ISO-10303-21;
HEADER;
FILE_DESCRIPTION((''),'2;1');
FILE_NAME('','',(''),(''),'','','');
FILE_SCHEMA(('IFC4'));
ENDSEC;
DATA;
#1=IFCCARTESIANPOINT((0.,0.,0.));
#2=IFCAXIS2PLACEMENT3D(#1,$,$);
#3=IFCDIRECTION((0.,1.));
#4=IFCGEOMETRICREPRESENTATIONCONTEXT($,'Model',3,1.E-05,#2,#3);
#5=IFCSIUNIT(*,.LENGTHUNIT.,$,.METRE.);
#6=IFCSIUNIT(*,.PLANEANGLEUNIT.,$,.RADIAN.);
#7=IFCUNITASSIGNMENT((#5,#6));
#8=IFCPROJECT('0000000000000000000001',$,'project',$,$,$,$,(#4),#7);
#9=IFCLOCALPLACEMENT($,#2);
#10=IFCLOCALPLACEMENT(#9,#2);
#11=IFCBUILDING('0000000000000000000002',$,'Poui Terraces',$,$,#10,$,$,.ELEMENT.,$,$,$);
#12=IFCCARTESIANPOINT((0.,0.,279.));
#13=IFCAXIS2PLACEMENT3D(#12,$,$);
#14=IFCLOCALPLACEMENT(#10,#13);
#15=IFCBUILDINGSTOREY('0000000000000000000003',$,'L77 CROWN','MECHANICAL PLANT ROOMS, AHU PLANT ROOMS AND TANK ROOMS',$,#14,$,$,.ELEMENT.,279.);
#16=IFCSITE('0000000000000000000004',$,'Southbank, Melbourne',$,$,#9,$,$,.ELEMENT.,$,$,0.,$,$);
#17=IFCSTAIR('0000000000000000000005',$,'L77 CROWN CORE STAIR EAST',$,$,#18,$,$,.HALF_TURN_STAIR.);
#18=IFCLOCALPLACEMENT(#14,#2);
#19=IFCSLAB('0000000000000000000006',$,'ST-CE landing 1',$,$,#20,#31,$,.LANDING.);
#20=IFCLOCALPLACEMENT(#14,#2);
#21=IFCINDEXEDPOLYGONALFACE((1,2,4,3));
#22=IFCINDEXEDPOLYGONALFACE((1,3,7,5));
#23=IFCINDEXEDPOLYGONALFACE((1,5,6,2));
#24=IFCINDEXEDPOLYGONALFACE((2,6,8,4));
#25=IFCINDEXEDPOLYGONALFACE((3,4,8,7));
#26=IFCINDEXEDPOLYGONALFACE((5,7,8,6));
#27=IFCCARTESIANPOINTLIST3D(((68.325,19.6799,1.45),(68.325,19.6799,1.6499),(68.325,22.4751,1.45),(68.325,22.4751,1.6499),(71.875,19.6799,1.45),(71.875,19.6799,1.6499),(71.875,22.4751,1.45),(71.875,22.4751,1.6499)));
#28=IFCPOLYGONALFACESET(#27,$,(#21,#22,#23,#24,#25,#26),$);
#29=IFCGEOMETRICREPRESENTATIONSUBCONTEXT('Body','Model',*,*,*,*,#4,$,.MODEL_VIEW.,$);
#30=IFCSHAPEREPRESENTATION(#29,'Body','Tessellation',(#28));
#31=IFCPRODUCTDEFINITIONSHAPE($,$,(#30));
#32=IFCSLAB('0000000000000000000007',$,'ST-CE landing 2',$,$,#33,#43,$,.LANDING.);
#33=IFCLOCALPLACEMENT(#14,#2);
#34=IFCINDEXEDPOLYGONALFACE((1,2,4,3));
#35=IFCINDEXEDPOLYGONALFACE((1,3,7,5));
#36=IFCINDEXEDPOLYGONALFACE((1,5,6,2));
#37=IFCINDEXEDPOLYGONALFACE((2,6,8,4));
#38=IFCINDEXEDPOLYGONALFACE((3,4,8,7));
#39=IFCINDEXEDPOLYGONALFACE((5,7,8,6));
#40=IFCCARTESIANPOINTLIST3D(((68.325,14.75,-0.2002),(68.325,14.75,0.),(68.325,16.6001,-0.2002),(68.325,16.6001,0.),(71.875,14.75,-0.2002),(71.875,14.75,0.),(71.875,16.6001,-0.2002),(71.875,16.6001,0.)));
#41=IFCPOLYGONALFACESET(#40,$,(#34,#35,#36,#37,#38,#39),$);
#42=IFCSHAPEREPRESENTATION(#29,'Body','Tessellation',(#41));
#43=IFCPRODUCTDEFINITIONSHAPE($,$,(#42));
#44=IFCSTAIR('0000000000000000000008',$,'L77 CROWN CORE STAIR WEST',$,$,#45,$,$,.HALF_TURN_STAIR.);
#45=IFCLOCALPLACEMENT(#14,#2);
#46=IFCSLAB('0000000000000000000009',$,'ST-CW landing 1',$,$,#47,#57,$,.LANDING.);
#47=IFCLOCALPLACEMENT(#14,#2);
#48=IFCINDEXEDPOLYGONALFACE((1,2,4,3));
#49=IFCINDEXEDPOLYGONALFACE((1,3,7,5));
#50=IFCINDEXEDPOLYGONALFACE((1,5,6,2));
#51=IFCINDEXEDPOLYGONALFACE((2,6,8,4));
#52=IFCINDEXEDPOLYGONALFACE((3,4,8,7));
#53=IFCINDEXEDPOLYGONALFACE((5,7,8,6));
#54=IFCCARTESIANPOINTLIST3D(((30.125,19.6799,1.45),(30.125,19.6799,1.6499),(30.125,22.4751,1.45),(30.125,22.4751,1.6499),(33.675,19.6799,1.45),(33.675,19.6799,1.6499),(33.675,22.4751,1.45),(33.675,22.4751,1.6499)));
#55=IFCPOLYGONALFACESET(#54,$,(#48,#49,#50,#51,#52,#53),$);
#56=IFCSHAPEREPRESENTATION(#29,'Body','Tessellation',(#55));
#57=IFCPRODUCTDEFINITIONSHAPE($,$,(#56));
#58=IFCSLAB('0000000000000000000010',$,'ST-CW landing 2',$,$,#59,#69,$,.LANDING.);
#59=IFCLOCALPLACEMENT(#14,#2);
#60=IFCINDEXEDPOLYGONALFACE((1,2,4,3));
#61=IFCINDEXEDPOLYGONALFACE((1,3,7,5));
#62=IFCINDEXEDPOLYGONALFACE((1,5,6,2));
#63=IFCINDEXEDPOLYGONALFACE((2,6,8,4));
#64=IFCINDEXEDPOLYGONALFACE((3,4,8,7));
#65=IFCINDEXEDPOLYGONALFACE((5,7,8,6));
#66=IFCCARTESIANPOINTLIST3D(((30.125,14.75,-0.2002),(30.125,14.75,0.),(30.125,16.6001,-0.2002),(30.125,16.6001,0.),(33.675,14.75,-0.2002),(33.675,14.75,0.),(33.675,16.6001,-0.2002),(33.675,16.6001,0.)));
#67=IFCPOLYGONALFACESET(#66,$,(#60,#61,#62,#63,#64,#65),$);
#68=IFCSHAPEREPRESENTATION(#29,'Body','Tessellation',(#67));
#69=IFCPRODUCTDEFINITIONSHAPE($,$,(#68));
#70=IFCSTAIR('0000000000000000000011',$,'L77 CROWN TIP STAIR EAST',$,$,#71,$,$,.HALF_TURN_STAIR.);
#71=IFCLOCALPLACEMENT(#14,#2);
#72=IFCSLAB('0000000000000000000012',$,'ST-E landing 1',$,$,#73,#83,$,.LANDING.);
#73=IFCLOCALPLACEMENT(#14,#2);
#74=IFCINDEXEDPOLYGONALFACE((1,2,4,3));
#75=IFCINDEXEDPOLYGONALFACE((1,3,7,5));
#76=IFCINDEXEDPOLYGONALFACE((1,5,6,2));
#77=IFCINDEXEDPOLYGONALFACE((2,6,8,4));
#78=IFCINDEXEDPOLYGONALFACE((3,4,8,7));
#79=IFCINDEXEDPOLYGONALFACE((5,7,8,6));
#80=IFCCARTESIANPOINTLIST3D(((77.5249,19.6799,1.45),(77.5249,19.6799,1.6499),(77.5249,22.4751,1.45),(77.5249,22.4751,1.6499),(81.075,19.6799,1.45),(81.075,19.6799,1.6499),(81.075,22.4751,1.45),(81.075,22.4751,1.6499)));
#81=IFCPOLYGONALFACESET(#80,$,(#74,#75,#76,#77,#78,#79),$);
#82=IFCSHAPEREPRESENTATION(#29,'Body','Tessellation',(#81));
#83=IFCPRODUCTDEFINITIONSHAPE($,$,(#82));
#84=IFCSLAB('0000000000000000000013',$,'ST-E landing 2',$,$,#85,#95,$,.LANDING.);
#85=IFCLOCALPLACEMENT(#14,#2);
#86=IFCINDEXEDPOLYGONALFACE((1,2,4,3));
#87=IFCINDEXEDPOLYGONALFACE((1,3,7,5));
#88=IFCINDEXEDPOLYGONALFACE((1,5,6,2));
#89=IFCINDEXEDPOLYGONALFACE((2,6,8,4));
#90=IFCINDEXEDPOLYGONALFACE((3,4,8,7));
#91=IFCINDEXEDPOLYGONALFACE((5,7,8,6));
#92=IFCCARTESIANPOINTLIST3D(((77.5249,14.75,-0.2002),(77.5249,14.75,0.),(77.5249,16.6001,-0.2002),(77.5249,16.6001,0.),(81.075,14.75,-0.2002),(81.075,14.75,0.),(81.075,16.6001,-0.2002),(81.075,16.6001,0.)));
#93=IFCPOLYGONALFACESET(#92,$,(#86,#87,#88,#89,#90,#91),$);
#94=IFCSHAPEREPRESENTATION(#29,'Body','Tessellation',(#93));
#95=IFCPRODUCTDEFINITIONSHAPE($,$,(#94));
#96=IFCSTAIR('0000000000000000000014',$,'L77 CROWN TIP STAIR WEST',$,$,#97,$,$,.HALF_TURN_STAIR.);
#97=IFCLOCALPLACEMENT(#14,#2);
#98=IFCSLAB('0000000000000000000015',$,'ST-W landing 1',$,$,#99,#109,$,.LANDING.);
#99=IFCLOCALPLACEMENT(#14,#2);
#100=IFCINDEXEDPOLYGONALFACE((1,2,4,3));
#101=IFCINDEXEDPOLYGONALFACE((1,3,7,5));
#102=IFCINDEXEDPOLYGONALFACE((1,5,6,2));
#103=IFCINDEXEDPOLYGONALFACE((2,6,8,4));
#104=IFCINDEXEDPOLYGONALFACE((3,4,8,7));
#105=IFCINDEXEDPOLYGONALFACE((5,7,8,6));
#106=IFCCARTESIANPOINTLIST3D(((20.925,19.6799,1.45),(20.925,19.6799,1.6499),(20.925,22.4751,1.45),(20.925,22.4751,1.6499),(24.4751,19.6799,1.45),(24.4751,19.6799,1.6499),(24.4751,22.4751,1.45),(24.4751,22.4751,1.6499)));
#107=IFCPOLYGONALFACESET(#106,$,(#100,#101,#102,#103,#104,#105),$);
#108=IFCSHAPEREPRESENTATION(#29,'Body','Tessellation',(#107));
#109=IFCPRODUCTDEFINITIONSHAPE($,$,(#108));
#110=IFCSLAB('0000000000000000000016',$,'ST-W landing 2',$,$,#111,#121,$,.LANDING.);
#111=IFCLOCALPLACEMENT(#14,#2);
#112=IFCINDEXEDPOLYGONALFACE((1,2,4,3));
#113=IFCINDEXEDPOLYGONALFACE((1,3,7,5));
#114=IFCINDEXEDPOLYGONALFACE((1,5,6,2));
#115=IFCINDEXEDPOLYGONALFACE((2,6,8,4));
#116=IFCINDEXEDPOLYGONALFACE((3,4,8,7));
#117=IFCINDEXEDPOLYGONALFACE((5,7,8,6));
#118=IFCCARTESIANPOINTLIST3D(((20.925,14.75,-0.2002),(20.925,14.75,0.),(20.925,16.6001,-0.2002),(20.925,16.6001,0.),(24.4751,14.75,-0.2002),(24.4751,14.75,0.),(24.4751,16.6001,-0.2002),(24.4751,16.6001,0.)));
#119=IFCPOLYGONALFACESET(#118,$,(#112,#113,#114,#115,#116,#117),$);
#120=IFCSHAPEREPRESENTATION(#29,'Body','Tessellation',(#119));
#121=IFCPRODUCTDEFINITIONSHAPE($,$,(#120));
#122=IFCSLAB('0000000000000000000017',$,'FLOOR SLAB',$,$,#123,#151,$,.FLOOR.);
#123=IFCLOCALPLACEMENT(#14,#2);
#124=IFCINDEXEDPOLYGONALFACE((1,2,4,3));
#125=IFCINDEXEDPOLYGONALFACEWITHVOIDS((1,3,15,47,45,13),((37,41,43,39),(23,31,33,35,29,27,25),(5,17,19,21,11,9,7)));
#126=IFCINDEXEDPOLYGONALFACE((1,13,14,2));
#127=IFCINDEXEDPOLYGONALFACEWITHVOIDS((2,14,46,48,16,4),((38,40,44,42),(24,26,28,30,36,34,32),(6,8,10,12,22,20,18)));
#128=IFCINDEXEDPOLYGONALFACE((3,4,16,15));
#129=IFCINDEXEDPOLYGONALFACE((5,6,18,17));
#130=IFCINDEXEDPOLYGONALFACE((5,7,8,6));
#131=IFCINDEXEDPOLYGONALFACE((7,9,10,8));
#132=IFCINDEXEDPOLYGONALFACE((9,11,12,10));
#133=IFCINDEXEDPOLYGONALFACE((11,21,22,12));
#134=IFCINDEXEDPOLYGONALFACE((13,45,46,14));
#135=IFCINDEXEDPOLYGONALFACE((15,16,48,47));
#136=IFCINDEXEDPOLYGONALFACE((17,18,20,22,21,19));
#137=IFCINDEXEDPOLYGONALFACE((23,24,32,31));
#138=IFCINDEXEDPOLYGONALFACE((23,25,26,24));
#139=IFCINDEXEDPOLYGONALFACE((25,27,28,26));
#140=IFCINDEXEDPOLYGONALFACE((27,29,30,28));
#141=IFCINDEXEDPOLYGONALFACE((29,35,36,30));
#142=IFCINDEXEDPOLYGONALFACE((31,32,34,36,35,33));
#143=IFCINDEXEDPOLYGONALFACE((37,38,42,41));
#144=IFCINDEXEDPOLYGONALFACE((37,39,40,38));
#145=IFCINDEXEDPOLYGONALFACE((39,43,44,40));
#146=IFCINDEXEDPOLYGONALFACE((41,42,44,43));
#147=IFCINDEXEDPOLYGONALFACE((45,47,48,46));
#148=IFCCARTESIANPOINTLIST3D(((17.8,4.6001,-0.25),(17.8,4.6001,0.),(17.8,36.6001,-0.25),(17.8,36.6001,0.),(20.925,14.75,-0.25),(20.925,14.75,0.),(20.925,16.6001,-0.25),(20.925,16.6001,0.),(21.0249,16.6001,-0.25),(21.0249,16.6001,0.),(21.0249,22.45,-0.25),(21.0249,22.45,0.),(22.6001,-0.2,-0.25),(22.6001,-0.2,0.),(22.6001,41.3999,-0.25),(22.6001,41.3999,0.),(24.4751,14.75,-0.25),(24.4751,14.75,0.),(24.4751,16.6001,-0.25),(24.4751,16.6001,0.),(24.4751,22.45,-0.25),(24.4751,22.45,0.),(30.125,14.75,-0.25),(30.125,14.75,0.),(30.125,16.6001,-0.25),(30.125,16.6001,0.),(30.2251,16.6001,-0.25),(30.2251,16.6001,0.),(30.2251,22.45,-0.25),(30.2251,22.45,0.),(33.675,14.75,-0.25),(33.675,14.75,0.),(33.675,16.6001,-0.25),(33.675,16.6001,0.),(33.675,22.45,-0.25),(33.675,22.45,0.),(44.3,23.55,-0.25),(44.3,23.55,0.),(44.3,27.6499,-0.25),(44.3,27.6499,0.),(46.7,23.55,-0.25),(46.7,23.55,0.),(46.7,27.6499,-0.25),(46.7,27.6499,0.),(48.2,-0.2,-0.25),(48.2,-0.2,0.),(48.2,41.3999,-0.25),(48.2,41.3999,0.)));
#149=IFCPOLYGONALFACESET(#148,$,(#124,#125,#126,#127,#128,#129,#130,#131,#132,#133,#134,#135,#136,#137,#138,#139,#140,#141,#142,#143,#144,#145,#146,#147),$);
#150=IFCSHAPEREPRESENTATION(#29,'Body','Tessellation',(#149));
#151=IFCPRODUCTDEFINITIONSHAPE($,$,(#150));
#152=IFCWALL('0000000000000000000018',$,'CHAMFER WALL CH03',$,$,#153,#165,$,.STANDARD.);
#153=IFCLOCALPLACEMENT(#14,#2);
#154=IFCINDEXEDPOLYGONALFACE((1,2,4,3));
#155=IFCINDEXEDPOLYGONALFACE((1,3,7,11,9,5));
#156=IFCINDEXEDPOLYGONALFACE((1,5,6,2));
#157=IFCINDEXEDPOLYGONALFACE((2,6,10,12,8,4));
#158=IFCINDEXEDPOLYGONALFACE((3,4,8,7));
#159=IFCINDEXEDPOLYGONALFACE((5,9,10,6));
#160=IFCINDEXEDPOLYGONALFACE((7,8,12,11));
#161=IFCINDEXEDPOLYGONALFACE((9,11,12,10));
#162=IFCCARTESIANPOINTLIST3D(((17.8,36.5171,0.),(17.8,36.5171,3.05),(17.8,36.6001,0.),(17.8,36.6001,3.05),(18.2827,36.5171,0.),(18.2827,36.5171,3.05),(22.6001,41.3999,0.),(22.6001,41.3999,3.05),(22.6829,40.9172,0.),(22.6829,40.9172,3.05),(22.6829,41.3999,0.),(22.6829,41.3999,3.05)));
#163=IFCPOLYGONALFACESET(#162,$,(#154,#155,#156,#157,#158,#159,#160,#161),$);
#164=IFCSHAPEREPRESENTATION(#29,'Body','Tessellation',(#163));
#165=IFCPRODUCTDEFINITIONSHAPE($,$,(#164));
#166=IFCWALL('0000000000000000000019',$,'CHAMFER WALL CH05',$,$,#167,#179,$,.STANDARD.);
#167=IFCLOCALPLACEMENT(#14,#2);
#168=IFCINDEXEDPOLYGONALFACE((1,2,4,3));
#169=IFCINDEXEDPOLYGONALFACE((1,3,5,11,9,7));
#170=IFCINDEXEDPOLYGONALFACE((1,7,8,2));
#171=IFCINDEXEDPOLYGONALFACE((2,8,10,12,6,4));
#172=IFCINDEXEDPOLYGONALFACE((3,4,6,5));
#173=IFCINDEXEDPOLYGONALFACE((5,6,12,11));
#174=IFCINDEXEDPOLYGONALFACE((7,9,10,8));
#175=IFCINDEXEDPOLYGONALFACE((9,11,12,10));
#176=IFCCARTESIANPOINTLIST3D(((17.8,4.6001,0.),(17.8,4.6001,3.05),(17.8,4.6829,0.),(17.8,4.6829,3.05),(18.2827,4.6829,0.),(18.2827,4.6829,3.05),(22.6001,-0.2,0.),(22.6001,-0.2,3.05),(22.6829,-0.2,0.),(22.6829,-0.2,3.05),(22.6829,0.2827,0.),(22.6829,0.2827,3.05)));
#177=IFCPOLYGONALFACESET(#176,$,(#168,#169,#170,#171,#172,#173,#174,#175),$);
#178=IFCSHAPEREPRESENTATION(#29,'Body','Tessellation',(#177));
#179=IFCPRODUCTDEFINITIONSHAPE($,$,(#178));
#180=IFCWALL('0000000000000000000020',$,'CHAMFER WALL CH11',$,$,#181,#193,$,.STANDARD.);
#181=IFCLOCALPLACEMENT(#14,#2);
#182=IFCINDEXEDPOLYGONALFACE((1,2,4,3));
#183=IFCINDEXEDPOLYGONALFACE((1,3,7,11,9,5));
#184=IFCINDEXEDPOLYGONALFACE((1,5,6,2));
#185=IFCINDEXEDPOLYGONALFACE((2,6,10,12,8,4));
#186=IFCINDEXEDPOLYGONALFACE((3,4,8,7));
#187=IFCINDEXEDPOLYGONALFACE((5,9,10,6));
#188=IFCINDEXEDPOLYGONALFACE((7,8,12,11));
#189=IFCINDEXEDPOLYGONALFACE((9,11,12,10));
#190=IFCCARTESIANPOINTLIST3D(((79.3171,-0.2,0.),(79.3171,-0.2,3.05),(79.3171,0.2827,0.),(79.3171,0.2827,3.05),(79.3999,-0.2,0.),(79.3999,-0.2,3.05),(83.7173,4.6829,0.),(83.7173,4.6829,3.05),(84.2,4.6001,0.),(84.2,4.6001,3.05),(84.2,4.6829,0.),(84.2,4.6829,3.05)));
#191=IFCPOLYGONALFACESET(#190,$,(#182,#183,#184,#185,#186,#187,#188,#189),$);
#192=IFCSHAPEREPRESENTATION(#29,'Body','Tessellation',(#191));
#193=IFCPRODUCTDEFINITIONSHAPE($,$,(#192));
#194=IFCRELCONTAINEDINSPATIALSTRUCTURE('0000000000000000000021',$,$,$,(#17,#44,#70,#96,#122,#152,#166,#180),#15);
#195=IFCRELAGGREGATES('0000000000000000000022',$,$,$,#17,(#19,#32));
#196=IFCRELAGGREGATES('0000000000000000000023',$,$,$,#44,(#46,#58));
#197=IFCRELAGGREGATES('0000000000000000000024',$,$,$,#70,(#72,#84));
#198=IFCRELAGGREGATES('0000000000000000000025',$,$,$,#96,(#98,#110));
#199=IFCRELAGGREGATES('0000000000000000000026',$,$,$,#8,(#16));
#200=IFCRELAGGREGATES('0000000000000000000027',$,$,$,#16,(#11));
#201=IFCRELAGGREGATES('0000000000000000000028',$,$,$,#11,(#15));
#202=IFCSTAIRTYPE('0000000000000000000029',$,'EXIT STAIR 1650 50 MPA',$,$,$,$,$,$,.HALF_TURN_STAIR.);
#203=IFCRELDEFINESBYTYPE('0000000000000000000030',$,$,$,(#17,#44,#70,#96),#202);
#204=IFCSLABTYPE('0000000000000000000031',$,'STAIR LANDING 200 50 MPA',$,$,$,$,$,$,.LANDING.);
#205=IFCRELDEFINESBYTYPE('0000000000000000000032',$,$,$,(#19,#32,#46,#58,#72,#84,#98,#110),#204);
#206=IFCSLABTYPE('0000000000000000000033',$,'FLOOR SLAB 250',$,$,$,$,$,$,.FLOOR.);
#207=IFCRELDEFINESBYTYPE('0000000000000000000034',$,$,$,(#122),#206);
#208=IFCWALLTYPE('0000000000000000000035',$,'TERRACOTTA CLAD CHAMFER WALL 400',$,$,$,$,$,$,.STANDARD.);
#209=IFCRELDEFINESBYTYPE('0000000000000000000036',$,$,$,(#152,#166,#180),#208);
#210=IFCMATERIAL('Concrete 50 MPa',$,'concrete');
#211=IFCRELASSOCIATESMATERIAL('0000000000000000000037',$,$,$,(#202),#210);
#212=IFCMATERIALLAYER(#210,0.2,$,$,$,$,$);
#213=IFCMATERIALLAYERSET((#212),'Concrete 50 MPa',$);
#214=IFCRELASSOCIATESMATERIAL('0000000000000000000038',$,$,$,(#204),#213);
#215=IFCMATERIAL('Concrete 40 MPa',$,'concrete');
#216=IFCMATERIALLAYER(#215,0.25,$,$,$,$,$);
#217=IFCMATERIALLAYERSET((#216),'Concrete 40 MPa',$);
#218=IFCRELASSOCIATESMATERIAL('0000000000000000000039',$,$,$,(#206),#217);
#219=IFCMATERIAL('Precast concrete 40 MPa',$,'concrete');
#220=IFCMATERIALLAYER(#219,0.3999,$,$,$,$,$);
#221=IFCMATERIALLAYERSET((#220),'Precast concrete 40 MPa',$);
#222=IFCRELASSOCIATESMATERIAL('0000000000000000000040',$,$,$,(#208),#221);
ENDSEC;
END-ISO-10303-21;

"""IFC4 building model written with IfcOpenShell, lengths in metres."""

from ifc_helpers import new_model, si_unit, direction, frame, origin, place, context, subcontext, project, spatial, polyline, outline, extrude, source, transform, mapped, material, layer, layer_set, type_object, element, aggregate, save


model = new_model("IFC4")

# Units and contexts
model_context = context("Model", 3, precision=1e-05, world=origin(), true_north=direction((0.0, 1.0)))
body_context = subcontext(model_context, "Body", "Model", "MODEL_VIEW")
ifc_project = project(units=[si_unit("LENGTHUNIT", "METRE"), si_unit("PLANEANGLEUNIT", "RADIAN")], contexts=[model_context])

# Site, building, storey
site_placement = place(None, origin())
site = spatial("IfcSite", under=ifc_project, at=site_placement, Name="Southbank, Melbourne", CompositionType="ELEMENT", RefElevation=0.0)
building_placement = place(site_placement, origin())
building = spatial("IfcBuilding", under=site, at=building_placement, Name="Poui Terraces", CompositionType="ELEMENT")
storey_placement = place(building_placement, frame((0.0, 0.0, 279.0)))
storey = spatial("IfcBuildingStorey", under=building, at=storey_placement, Name="L77 CROWN", Description="MECHANICAL PLANT ROOMS, AHU PLANT ROOMS AND TANK ROOMS", CompositionType="ELEMENT", Elevation=279.0)

# Stairs, slabs
ifc_material_1 = material(Name="Concrete 50 MPa", Category="concrete")
stair_type = type_object("IfcStairType", Name="EXIT STAIR 1650 50 MPA", PredefinedType="HALF_TURN_STAIR", material=ifc_material_1)
stair_1_placement = place(storey_placement, origin())
stair_1 = element("IfcStair", 1, at=stair_1_placement, inside=storey, type_object=stair_type, Name="L77 CROWN CORE STAIR EAST", PredefinedType="HALF_TURN_STAIR")
ifc_layer_1 = layer(ifc_material_1, 0.2)
ifc_layer_set_1 = layer_set([ifc_layer_1], Name="Concrete 50 MPa")
slab_type_1 = type_object("IfcSlabType", Name="STAIR LANDING 200 50 MPA", PredefinedType="LANDING", material=ifc_layer_set_1)
slab_1_placement = place(storey_placement, frame((0.0, 0.0, 1.45)))
slab_1 = element("IfcSlab", 2, at=slab_1_placement, type_object=slab_type_1, Name="ST-CE landing 1", PredefinedType="LANDING", context=body_context, shape_type="SweptSolid", body=[
    extrude(outline(polyline([(68.325, 19.6799), (71.875, 19.6799), (71.875, 22.4751), (68.325, 22.4751), (68.325, 19.6799)])), origin(), (0.0, 0.0, 1.0), 0.2),
])
slab_2_placement = place(storey_placement, frame((0.0, 0.0, -0.2002)))
slab_2 = element("IfcSlab", 3, at=slab_2_placement, type_object=slab_type_1, Name="ST-CE landing 2", PredefinedType="LANDING", context=body_context, shape_type="SweptSolid", body=[
    extrude(outline(polyline([(68.325, 14.75), (71.875, 14.75), (71.875, 16.6001), (68.325, 16.6001), (68.325, 14.75)])), origin(), (0.0, 0.0, 1.0), 0.2002),
])
aggregate(stair_1, [slab_1, slab_2])
stair_2_placement = place(storey_placement, origin())
stair_2 = element("IfcStair", 4, at=stair_2_placement, inside=storey, type_object=stair_type, Name="L77 CROWN CORE STAIR WEST", PredefinedType="HALF_TURN_STAIR")
slab_3_placement = place(storey_placement, frame((0.0, 0.0, 1.45)))
slab_3 = element("IfcSlab", 5, at=slab_3_placement, type_object=slab_type_1, Name="ST-CW landing 1", PredefinedType="LANDING", context=body_context, shape_type="SweptSolid", body=[
    extrude(outline(polyline([(30.125, 19.6799), (33.675, 19.6799), (33.675, 22.4751), (30.125, 22.4751), (30.125, 19.6799)])), origin(), (0.0, 0.0, 1.0), 0.2),
])
slab_4_placement = place(storey_placement, frame((0.0, 0.0, -0.2002)))
slab_4 = element("IfcSlab", 6, at=slab_4_placement, type_object=slab_type_1, Name="ST-CW landing 2", PredefinedType="LANDING", context=body_context, shape_type="SweptSolid", body=[
    extrude(outline(polyline([(30.125, 14.75), (33.675, 14.75), (33.675, 16.6001), (30.125, 16.6001), (30.125, 14.75)])), origin(), (0.0, 0.0, 1.0), 0.2002),
])
aggregate(stair_2, [slab_3, slab_4])
stair_3_placement = place(storey_placement, origin())
stair_3 = element("IfcStair", 7, at=stair_3_placement, inside=storey, type_object=stair_type, Name="L77 CROWN TIP STAIR EAST", PredefinedType="HALF_TURN_STAIR")
slab_5_placement = place(storey_placement, frame((0.0, 0.0, 1.45)))
slab_5 = element("IfcSlab", 8, at=slab_5_placement, type_object=slab_type_1, Name="ST-E landing 1", PredefinedType="LANDING", context=body_context, shape_type="SweptSolid", body=[
    extrude(outline(polyline([(77.5249, 19.6799), (81.075, 19.6799), (81.075, 22.4751), (77.5249, 22.4751), (77.5249, 19.6799)])), origin(), (0.0, 0.0, 1.0), 0.2),
])
slab_6_placement = place(storey_placement, frame((0.0, 0.0, -0.2002)))
slab_6 = element("IfcSlab", 9, at=slab_6_placement, type_object=slab_type_1, Name="ST-E landing 2", PredefinedType="LANDING", context=body_context, shape_type="SweptSolid", body=[
    extrude(outline(polyline([(77.5249, 14.75), (81.075, 14.75), (81.075, 16.6001), (77.5249, 16.6001), (77.5249, 14.75)])), origin(), (0.0, 0.0, 1.0), 0.2002),
])
aggregate(stair_3, [slab_5, slab_6])
stair_4_placement = place(storey_placement, origin())
stair_4 = element("IfcStair", 10, at=stair_4_placement, inside=storey, type_object=stair_type, Name="L77 CROWN TIP STAIR WEST", PredefinedType="HALF_TURN_STAIR")
slab_7_placement = place(storey_placement, frame((0.0, 0.0, 1.45)))
slab_7 = element("IfcSlab", 11, at=slab_7_placement, type_object=slab_type_1, Name="ST-W landing 1", PredefinedType="LANDING", context=body_context, shape_type="SweptSolid", body=[
    extrude(outline(polyline([(20.925, 19.6799), (24.4751, 19.6799), (24.4751, 22.4751), (20.925, 22.4751), (20.925, 19.6799)])), origin(), (0.0, 0.0, 1.0), 0.2),
])
slab_8_placement = place(storey_placement, frame((0.0, 0.0, -0.2002)))
slab_8 = element("IfcSlab", 12, at=slab_8_placement, type_object=slab_type_1, Name="ST-W landing 2", PredefinedType="LANDING", context=body_context, shape_type="SweptSolid", body=[
    extrude(outline(polyline([(20.925, 14.75), (24.4751, 14.75), (24.4751, 16.6001), (20.925, 16.6001), (20.925, 14.75)])), origin(), (0.0, 0.0, 1.0), 0.2002),
])
aggregate(stair_4, [slab_7, slab_8])

# Slab
ifc_material_2 = material(Name="Concrete 40 MPa", Category="concrete")
ifc_layer_2 = layer(ifc_material_2, 0.25)
ifc_layer_set_2 = layer_set([ifc_layer_2], Name="Concrete 40 MPa")
slab_type_2 = type_object("IfcSlabType", Name="FLOOR SLAB 250", PredefinedType="FLOOR", material=ifc_layer_set_2)
shared_shape_1 = source(origin(), body_context, "Body", "SweptSolid", [
    extrude(outline(polyline([(0.0, 0.0), (4.8, -4.8), (30.3999, -4.8), (30.3999, 36.7998), (4.8, 36.7998), (0.0, 32.0), (0.0, 0.0)]), holes=[polyline([(3.125, 12.0), (3.2249, 12.0), (3.2249, 17.8499), (6.675, 17.8499), (6.675, 12.0), (6.675, 10.1499), (3.125, 10.1499), (3.125, 12.0)]), polyline([(12.325, 12.0), (12.425, 12.0), (12.425, 17.8499), (15.875, 17.8499), (15.875, 12.0), (15.875, 10.1499), (12.325, 10.1499), (12.325, 12.0)]), polyline([(28.8999, 18.95), (26.5, 18.95), (26.5, 23.0498), (28.8999, 23.0498), (28.8999, 18.95)])]), origin(), (0.0, 0.0, 1.0), 0.25),
])
slab_9_placement = place(storey_placement, frame((17.8, 4.6001, -0.25)))
element("IfcSlab", 13, at=slab_9_placement, inside=storey, type_object=slab_type_2, Name="FLOOR SLAB", PredefinedType="FLOOR", context=body_context, shape_type="MappedRepresentation", body=[
    mapped(shared_shape_1, transform((0.0, 0.0, 0.0))),
])

# Walls
ifc_material_3 = material(Name="Precast concrete 40 MPa", Category="concrete")
ifc_layer_3 = layer(ifc_material_3, 0.3999)
ifc_layer_set_3 = layer_set([ifc_layer_3], Name="Precast concrete 40 MPa")
wall_type = type_object("IfcWallType", Name="TERRACOTTA CLAD CHAMFER WALL 400", PredefinedType="STANDARD", material=ifc_layer_set_3)
wall_1_placement = place(storey_placement, origin())
element("IfcWall", 14, at=wall_1_placement, inside=storey, type_object=wall_type, Name="CHAMFER WALL CH03", PredefinedType="STANDARD", context=body_context, shape_type="SweptSolid", body=[
    extrude(outline(polyline([(22.6829, 41.3999), (22.6001, 41.3999), (17.8, 36.6001), (17.8, 36.5171), (18.2827, 36.5171), (22.6829, 40.9172), (22.6829, 41.3999)])), origin(), (0.0, 0.0, 1.0), 3.05),
])
wall_2_placement = place(storey_placement, origin())
element("IfcWall", 15, at=wall_2_placement, inside=storey, type_object=wall_type, Name="CHAMFER WALL CH05", PredefinedType="STANDARD", context=body_context, shape_type="SweptSolid", body=[
    extrude(outline(polyline([(17.8, 4.6829), (17.8, 4.6001), (22.6001, -0.2), (22.6829, -0.2), (22.6829, 0.2827), (18.2827, 4.6829), (17.8, 4.6829)])), origin(), (0.0, 0.0, 1.0), 3.05),
])
wall_3_placement = place(storey_placement, origin())
element("IfcWall", 16, at=wall_3_placement, inside=storey, type_object=wall_type, Name="CHAMFER WALL CH11", PredefinedType="STANDARD", context=body_context, shape_type="SweptSolid", body=[
    extrude(outline(polyline([(79.3171, -0.2), (79.3999, -0.2), (84.2, 4.6001), (84.2, 4.6829), (83.7173, 4.6829), (79.3171, 0.2827), (79.3171, -0.2)])), origin(), (0.0, 0.0, 1.0), 3.05),
])

save(model, "model.ifc")
